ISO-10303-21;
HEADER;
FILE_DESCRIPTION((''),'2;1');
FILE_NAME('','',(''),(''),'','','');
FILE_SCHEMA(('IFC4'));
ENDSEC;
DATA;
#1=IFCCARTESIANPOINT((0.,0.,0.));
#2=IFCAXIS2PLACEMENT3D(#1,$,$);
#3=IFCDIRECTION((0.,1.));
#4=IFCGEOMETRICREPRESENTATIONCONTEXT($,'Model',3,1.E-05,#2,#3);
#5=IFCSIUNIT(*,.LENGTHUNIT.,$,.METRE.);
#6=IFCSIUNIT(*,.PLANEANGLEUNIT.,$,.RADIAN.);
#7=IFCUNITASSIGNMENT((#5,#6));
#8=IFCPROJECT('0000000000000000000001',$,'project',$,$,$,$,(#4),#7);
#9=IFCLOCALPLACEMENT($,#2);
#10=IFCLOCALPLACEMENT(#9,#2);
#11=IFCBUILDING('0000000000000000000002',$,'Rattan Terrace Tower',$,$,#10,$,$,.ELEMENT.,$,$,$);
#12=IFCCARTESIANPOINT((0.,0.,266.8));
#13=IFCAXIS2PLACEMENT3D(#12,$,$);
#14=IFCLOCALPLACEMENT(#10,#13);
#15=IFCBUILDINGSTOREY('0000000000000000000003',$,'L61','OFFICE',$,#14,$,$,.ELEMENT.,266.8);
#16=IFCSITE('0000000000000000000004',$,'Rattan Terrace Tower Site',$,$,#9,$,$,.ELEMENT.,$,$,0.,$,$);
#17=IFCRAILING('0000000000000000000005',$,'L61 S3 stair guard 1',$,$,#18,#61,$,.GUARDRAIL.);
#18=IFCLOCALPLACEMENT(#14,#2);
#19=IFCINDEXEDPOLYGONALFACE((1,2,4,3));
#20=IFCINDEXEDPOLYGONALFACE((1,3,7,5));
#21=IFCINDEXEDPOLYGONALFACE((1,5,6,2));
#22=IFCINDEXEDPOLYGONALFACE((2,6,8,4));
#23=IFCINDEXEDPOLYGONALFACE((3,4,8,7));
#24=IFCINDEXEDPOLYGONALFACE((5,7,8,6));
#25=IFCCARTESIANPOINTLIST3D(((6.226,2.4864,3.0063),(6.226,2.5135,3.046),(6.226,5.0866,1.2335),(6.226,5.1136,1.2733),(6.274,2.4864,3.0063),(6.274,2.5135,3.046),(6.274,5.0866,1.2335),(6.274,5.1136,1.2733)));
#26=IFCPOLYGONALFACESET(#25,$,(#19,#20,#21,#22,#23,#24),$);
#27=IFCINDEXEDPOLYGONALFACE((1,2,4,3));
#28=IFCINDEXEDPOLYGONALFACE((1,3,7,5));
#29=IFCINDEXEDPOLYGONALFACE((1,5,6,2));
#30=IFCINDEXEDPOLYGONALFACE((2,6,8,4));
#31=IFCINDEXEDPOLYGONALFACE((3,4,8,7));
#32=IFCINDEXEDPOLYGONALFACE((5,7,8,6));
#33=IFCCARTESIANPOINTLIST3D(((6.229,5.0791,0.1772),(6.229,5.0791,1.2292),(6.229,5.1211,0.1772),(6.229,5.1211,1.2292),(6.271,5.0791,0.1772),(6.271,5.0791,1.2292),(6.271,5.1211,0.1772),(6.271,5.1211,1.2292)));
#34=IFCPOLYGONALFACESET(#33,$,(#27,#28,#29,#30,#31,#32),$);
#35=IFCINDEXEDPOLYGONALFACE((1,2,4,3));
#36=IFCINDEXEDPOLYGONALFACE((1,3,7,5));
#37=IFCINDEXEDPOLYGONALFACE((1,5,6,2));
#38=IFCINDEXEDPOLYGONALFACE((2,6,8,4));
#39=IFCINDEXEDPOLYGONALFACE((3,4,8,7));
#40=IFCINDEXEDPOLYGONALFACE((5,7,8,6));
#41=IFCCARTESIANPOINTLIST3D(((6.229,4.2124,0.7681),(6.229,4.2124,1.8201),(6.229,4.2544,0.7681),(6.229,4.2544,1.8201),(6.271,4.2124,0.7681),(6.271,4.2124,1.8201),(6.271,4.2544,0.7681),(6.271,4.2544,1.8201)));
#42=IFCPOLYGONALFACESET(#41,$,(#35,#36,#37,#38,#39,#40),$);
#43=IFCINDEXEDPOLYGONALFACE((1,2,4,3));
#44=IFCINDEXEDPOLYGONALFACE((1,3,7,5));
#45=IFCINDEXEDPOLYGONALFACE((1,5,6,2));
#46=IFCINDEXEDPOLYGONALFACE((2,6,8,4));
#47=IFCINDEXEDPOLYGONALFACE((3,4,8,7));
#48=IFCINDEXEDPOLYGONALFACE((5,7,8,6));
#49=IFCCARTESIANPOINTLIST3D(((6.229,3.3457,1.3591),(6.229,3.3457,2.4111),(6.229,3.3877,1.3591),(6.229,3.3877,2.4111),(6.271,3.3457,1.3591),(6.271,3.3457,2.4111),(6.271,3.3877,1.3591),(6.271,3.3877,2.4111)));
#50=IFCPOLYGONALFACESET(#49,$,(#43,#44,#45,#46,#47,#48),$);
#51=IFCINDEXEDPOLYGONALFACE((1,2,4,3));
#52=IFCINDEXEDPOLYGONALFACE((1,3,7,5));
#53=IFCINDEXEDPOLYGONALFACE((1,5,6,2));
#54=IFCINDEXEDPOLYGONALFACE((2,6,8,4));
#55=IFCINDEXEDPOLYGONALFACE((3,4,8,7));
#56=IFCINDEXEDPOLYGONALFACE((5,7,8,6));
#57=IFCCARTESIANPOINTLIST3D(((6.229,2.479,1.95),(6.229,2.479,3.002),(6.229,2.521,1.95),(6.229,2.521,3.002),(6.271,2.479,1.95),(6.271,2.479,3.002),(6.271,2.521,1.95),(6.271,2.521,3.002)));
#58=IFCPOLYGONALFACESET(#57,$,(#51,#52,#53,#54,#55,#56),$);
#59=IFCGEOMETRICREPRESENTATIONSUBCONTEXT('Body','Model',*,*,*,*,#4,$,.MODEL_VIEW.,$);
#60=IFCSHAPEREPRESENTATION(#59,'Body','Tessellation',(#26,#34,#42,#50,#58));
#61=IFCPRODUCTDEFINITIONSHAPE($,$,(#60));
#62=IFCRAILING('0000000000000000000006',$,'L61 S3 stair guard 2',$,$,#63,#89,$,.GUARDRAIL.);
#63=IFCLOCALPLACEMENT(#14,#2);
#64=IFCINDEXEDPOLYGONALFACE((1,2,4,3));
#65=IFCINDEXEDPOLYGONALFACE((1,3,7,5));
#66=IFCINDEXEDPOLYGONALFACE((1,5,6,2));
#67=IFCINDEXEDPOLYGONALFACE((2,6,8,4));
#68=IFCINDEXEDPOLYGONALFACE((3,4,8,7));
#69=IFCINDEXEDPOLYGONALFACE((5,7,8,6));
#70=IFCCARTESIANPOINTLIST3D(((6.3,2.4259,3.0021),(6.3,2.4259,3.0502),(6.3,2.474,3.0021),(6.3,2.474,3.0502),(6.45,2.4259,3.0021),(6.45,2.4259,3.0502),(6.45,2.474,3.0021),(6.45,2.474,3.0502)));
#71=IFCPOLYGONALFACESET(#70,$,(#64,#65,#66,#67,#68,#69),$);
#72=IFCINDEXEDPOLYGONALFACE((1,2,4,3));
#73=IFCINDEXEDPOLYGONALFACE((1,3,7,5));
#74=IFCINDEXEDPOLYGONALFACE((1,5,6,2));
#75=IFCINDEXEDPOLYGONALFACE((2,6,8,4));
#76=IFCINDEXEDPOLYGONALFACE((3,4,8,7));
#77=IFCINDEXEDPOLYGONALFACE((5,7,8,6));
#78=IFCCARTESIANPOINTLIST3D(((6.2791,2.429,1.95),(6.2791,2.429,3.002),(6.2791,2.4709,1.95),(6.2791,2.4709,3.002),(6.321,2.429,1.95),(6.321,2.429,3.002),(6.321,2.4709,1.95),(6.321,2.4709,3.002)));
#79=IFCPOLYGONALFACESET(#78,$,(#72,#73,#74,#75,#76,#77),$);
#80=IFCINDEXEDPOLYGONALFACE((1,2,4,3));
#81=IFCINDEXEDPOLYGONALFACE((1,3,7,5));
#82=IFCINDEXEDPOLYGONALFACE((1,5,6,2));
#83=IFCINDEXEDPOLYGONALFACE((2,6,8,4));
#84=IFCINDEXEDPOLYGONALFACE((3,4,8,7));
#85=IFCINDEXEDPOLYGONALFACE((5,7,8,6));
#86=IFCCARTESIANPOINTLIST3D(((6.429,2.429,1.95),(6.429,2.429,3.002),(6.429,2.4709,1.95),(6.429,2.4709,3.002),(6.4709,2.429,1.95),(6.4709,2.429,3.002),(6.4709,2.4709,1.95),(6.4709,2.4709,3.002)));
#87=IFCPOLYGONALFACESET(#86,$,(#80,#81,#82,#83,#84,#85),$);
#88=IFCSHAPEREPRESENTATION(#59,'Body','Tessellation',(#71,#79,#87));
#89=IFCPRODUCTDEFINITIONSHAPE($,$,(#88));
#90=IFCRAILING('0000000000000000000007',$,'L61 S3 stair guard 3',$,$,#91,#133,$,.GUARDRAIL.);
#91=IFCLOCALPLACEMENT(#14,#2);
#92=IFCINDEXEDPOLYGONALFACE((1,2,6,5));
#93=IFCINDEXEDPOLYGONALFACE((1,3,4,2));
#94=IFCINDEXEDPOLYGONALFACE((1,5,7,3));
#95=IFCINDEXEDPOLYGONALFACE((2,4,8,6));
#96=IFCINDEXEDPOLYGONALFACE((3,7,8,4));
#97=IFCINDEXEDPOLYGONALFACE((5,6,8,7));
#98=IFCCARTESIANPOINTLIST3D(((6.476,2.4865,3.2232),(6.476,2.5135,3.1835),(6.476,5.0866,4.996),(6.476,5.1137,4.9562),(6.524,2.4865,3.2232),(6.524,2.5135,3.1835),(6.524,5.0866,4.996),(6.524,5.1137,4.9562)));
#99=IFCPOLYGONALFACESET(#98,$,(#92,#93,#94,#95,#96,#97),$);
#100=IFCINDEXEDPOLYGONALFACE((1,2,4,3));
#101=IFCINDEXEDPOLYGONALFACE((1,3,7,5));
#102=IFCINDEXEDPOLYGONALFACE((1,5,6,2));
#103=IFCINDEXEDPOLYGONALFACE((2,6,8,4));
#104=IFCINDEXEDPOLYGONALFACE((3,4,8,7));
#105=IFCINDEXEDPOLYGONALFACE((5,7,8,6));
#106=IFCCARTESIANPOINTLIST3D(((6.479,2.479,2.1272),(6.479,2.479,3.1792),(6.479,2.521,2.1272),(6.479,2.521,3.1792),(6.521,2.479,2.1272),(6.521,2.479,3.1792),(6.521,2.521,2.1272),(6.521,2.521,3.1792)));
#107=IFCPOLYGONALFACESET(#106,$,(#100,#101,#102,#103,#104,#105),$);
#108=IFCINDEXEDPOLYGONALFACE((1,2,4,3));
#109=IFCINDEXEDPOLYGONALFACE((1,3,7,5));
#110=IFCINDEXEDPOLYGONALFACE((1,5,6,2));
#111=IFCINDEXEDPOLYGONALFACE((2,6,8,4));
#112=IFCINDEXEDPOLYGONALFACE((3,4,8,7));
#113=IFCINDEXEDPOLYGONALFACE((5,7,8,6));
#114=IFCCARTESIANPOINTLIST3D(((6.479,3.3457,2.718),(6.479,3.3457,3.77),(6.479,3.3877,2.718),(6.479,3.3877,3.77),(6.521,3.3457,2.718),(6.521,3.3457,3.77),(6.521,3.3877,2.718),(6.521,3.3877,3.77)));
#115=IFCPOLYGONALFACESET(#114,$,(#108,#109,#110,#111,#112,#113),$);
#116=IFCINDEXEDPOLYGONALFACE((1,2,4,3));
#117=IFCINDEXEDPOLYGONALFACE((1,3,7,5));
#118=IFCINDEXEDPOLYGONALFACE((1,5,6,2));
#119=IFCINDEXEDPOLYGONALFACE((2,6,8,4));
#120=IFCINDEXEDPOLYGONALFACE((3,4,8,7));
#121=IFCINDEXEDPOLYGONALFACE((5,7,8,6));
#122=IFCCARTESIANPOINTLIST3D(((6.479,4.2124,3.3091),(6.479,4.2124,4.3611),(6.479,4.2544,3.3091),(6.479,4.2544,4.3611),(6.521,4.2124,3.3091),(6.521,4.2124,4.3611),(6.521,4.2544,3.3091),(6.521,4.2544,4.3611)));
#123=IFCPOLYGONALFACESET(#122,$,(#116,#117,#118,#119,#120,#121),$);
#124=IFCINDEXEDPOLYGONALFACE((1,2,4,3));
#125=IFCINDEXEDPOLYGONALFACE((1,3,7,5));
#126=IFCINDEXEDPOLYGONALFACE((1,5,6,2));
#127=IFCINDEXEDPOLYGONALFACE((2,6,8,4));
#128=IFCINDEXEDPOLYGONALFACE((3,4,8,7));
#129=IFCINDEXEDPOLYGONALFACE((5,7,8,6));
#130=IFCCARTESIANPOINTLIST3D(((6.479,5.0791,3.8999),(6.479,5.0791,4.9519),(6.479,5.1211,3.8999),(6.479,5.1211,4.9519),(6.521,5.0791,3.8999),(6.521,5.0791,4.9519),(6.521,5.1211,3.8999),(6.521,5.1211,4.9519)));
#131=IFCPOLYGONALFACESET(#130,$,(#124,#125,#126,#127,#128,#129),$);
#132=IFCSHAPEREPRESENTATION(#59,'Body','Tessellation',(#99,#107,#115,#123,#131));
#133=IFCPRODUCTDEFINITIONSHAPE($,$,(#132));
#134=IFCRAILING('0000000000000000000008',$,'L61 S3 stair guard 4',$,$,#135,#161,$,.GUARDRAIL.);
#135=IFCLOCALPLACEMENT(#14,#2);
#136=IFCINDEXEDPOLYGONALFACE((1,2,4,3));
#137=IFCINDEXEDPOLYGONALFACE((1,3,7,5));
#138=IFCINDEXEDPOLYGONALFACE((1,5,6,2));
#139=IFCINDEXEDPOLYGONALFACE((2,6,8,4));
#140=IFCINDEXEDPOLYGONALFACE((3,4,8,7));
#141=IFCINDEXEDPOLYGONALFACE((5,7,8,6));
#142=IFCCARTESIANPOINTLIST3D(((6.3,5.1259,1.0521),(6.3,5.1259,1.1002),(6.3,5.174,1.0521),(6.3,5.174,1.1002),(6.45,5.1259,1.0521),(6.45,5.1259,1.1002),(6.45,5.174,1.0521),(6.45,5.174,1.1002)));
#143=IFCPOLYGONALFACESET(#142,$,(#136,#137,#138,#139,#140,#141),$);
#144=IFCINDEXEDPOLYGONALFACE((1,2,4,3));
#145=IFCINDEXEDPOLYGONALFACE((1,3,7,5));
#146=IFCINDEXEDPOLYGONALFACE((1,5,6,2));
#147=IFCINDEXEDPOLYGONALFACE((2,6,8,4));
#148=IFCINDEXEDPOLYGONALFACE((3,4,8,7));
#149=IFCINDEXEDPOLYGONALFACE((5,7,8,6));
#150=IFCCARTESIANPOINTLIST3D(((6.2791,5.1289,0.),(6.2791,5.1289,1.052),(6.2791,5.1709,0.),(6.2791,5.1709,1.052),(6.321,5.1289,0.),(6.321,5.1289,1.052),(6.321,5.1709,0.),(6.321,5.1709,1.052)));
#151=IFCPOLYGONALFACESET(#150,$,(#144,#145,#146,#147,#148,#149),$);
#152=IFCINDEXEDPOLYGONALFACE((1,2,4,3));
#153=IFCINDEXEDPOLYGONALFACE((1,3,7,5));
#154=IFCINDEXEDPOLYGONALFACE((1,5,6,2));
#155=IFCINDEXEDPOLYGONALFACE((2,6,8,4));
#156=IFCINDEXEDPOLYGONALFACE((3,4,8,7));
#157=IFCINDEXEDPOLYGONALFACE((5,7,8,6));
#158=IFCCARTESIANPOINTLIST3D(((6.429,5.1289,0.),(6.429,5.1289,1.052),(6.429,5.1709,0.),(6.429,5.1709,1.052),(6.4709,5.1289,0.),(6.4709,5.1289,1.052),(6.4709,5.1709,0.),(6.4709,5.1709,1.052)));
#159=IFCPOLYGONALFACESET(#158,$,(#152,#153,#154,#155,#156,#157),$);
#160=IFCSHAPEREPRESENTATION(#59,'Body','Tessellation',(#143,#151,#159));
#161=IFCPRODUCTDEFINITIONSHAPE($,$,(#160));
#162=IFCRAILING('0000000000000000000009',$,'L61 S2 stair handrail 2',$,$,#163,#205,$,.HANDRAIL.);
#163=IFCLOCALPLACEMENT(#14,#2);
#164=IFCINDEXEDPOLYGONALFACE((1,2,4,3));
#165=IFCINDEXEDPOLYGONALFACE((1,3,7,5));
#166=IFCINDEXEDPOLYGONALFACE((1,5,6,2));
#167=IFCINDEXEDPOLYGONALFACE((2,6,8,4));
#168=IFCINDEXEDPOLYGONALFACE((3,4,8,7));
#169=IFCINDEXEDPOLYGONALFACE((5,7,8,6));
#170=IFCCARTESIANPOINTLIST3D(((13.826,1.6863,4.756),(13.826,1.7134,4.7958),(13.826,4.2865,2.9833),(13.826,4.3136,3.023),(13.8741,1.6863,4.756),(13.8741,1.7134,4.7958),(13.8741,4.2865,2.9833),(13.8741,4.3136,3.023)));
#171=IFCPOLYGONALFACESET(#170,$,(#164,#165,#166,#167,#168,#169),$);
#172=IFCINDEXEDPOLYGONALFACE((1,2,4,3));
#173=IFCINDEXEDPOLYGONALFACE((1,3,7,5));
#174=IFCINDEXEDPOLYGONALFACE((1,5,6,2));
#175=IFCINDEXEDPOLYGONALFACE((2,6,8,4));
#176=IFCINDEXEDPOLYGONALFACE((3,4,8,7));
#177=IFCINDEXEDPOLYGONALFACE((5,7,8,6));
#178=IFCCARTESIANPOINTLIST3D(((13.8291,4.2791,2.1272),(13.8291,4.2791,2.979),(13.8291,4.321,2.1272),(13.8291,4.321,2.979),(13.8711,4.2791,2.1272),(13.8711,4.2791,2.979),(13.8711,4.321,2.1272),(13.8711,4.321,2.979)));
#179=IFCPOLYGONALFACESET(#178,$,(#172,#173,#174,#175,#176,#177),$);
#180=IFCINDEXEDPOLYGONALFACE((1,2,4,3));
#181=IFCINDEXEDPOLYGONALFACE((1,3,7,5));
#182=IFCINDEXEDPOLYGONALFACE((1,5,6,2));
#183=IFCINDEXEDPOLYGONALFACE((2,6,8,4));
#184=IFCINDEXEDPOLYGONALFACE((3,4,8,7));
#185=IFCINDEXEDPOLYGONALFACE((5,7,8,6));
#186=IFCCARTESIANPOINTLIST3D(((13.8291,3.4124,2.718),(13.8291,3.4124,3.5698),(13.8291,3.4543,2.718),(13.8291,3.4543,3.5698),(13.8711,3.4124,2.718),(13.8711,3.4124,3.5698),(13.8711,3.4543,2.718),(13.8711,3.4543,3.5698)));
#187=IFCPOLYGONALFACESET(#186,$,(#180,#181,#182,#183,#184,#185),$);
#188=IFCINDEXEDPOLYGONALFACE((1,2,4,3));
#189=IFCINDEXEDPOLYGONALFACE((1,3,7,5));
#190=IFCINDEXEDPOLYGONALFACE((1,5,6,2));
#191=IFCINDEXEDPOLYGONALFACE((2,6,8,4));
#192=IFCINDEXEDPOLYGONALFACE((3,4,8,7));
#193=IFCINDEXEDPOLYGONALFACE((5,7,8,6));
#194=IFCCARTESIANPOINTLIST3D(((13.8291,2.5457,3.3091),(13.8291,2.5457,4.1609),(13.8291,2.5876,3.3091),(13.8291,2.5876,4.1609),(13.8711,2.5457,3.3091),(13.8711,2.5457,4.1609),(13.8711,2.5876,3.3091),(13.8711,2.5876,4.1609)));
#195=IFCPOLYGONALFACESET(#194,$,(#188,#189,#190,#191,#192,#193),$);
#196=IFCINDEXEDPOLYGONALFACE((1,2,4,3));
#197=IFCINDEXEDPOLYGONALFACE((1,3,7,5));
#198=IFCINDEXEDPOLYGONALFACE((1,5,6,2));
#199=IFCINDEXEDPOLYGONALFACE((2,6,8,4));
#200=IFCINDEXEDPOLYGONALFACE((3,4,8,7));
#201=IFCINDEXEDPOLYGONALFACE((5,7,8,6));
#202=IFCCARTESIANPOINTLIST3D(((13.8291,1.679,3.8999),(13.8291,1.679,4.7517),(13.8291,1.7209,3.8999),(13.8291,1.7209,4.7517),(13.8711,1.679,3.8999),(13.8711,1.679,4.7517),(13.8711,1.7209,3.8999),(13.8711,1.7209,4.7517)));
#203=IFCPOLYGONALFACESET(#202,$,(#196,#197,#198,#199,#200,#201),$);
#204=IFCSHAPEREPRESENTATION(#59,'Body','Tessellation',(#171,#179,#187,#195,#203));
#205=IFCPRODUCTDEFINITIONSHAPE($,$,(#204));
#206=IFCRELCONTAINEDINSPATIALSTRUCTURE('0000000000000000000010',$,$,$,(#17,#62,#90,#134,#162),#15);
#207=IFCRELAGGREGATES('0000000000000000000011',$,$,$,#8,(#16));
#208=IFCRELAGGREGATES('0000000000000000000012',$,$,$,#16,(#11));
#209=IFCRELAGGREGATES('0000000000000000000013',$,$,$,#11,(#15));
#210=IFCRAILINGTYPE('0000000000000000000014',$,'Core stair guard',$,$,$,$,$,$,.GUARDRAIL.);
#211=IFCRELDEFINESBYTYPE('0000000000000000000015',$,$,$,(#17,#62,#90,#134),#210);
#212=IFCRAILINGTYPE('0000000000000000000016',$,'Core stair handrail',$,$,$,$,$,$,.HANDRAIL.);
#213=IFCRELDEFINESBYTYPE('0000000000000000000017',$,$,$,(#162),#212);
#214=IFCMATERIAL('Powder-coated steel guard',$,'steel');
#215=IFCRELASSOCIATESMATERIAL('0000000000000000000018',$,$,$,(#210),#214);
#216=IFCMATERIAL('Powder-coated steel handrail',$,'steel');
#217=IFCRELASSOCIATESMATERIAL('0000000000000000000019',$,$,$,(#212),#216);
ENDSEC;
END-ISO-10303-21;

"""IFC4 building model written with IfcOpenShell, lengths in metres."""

from ifc_helpers import new_model, si_unit, direction, frame, origin, origin_2d, place, context, subcontext, project, spatial, rectangle, extrude, material, type_object, element, save


model = new_model("IFC4")

# Units and contexts
model_context = context("Model", 3, precision=1e-05, world=origin(), true_north=direction((0.0, 1.0)))
body_context = subcontext(model_context, "Body", "Model", "MODEL_VIEW")
ifc_project = project(units=[si_unit("LENGTHUNIT", "METRE"), si_unit("PLANEANGLEUNIT", "RADIAN")], contexts=[model_context])

# Site, building, storey
site_placement = place(None, origin())
site = spatial("IfcSite", under=ifc_project, at=site_placement, Name="Rattan Terrace Tower Site", CompositionType="ELEMENT", RefElevation=0.0)
building_placement = place(site_placement, origin())
building = spatial("IfcBuilding", under=site, at=building_placement, Name="Rattan Terrace Tower", CompositionType="ELEMENT")
storey_placement = place(building_placement, frame((0.0, 0.0, 266.8)))
storey = spatial("IfcBuildingStorey", under=building, at=storey_placement, Name="L61", Description="OFFICE", CompositionType="ELEMENT", Elevation=266.8)

# Railings
ifc_material_1 = material(Name="Powder-coated steel guard", Category="steel")
railing_type_1 = type_object("IfcRailingType", Name="Core stair guard", PredefinedType="GUARDRAIL", material=ifc_material_1)
railing_1_placement = place(storey_placement, frame((6.25, 5.1001, 0.1772)))
element("IfcRailing", 1, at=railing_1_placement, inside=storey, type_object=railing_type_1, Name="L61 S3 stair guard 1", PredefinedType="GUARDRAIL", context=body_context, shape_type="SweptSolid", body=[
    extrude(rectangle(XDim=0.0481, YDim=0.0481, at=origin_2d()), frame((0.0, 0.0, 1.0762), z_axis=(0.0, -0.82624, 0.563318), x_axis=(1.0, 0.0, 0.0)), (0.0, 0.0, 1.0), 3.147),
    extrude(rectangle(XDim=0.042, YDim=0.042, at=origin_2d()), origin(), (0.0, 0.0, 1.0), 1.052),
    extrude(rectangle(XDim=0.042, YDim=0.042, at=origin_2d()), frame((0.0, -0.8667, 0.5908)), (0.0, 0.0, 1.0), 1.052),
    extrude(rectangle(XDim=0.042, YDim=0.042, at=origin_2d()), frame((0.0, -1.7334, 1.1819)), (0.0, 0.0, 1.0), 1.052),
    extrude(rectangle(XDim=0.042, YDim=0.042, at=origin_2d()), frame((0.0, -2.6001, 1.7727)), (0.0, 0.0, 1.0), 1.052),
])
railing_2_placement = place(storey_placement, frame((6.3, 2.45, 1.95)))
element("IfcRailing", 2, at=railing_2_placement, inside=storey, type_object=railing_type_1, Name="L61 S3 stair guard 2", PredefinedType="GUARDRAIL", context=body_context, shape_type="SweptSolid", body=[
    extrude(rectangle(XDim=0.0481, YDim=0.0481, at=origin_2d()), frame((0.0, 0.0, 1.0762), z_axis=(1.0, 0.0, 0.0), x_axis=(0.0, 1.0, 0.0)), (0.0, 0.0, 1.0), 0.1499),
    extrude(rectangle(XDim=0.042, YDim=0.042, at=origin_2d()), origin(), (0.0, 0.0, 1.0), 1.052),
    extrude(rectangle(XDim=0.042, YDim=0.042, at=origin_2d()), frame((0.1499, 0.0, 0.0)), (0.0, 0.0, 1.0), 1.052),
])
railing_3_placement = place(storey_placement, frame((6.5, 2.5, 2.1272)))
element("IfcRailing", 3, at=railing_3_placement, inside=storey, type_object=railing_type_1, Name="L61 S3 stair guard 3", PredefinedType="GUARDRAIL", context=body_context, shape_type="SweptSolid", body=[
    extrude(rectangle(XDim=0.0481, YDim=0.0481, at=origin_2d()), frame((0.0, 0.0, 1.0762), z_axis=(0.0, 0.82624, 0.563318), x_axis=(-1.0, 0.0, 0.0)), (0.0, 0.0, 1.0), 3.147),
    extrude(rectangle(XDim=0.042, YDim=0.042, at=origin_2d()), origin(), (0.0, 0.0, 1.0), 1.052),
    extrude(rectangle(XDim=0.042, YDim=0.042, at=origin_2d()), frame((0.0, 0.8667, 0.5908)), (0.0, 0.0, 1.0), 1.052),
    extrude(rectangle(XDim=0.042, YDim=0.042, at=origin_2d()), frame((0.0, 1.7334, 1.1819)), (0.0, 0.0, 1.0), 1.052),
    extrude(rectangle(XDim=0.042, YDim=0.042, at=origin_2d()), frame((0.0, 2.6001, 1.7727)), (0.0, 0.0, 1.0), 1.052),
])
railing_4_placement = place(storey_placement, frame((6.3, 5.1499, 0.0)))
element("IfcRailing", 4, at=railing_4_placement, inside=storey, type_object=railing_type_1, Name="L61 S3 stair guard 4", PredefinedType="GUARDRAIL", context=body_context, shape_type="SweptSolid", body=[
    extrude(rectangle(XDim=0.0481, YDim=0.0481, at=origin_2d()), frame((0.0, 0.0, 1.0762), z_axis=(1.0, 0.0, 0.0), x_axis=(0.0, 1.0, 0.0)), (0.0, 0.0, 1.0), 0.1499),
    extrude(rectangle(XDim=0.042, YDim=0.042, at=origin_2d()), origin(), (0.0, 0.0, 1.0), 1.052),
    extrude(rectangle(XDim=0.042, YDim=0.042, at=origin_2d()), frame((0.1499, 0.0, 0.0)), (0.0, 0.0, 1.0), 1.052),
])
ifc_material_2 = material(Name="Powder-coated steel handrail", Category="steel")
railing_type_2 = type_object("IfcRailingType", Name="Core stair handrail", PredefinedType="HANDRAIL", material=ifc_material_2)
for number, where, name in (
    (5, (13.8501, 4.3, 2.1272), "L61 S2 stair handrail 2"),
):
    element("IfcRailing", number, at=place(storey_placement, frame(where)), inside=storey, type_object=railing_type_2, Name=name, PredefinedType="HANDRAIL", context=body_context, shape_type="SweptSolid", body=[
        extrude(rectangle(XDim=0.0481, YDim=0.0481, at=origin_2d()), frame((0.0, 0.0, 0.876), z_axis=(0.0, -0.82624, 0.563318), x_axis=(1.0, 0.0, 0.0)), (0.0, 0.0, 1.0), 3.147),
        extrude(rectangle(XDim=0.042, YDim=0.042, at=origin_2d()), origin(), (0.0, 0.0, 1.0), 0.8518),
        extrude(rectangle(XDim=0.042, YDim=0.042, at=origin_2d()), frame((0.0, -0.8667, 0.5908)), (0.0, 0.0, 1.0), 0.8518),
        extrude(rectangle(XDim=0.042, YDim=0.042, at=origin_2d()), frame((0.0, -1.7334, 1.1819)), (0.0, 0.0, 1.0), 0.8518),
        extrude(rectangle(XDim=0.042, YDim=0.042, at=origin_2d()), frame((0.0, -2.6001, 1.7727)), (0.0, 0.0, 1.0), 0.8518),
    ])

save(model, "model.ifc")
